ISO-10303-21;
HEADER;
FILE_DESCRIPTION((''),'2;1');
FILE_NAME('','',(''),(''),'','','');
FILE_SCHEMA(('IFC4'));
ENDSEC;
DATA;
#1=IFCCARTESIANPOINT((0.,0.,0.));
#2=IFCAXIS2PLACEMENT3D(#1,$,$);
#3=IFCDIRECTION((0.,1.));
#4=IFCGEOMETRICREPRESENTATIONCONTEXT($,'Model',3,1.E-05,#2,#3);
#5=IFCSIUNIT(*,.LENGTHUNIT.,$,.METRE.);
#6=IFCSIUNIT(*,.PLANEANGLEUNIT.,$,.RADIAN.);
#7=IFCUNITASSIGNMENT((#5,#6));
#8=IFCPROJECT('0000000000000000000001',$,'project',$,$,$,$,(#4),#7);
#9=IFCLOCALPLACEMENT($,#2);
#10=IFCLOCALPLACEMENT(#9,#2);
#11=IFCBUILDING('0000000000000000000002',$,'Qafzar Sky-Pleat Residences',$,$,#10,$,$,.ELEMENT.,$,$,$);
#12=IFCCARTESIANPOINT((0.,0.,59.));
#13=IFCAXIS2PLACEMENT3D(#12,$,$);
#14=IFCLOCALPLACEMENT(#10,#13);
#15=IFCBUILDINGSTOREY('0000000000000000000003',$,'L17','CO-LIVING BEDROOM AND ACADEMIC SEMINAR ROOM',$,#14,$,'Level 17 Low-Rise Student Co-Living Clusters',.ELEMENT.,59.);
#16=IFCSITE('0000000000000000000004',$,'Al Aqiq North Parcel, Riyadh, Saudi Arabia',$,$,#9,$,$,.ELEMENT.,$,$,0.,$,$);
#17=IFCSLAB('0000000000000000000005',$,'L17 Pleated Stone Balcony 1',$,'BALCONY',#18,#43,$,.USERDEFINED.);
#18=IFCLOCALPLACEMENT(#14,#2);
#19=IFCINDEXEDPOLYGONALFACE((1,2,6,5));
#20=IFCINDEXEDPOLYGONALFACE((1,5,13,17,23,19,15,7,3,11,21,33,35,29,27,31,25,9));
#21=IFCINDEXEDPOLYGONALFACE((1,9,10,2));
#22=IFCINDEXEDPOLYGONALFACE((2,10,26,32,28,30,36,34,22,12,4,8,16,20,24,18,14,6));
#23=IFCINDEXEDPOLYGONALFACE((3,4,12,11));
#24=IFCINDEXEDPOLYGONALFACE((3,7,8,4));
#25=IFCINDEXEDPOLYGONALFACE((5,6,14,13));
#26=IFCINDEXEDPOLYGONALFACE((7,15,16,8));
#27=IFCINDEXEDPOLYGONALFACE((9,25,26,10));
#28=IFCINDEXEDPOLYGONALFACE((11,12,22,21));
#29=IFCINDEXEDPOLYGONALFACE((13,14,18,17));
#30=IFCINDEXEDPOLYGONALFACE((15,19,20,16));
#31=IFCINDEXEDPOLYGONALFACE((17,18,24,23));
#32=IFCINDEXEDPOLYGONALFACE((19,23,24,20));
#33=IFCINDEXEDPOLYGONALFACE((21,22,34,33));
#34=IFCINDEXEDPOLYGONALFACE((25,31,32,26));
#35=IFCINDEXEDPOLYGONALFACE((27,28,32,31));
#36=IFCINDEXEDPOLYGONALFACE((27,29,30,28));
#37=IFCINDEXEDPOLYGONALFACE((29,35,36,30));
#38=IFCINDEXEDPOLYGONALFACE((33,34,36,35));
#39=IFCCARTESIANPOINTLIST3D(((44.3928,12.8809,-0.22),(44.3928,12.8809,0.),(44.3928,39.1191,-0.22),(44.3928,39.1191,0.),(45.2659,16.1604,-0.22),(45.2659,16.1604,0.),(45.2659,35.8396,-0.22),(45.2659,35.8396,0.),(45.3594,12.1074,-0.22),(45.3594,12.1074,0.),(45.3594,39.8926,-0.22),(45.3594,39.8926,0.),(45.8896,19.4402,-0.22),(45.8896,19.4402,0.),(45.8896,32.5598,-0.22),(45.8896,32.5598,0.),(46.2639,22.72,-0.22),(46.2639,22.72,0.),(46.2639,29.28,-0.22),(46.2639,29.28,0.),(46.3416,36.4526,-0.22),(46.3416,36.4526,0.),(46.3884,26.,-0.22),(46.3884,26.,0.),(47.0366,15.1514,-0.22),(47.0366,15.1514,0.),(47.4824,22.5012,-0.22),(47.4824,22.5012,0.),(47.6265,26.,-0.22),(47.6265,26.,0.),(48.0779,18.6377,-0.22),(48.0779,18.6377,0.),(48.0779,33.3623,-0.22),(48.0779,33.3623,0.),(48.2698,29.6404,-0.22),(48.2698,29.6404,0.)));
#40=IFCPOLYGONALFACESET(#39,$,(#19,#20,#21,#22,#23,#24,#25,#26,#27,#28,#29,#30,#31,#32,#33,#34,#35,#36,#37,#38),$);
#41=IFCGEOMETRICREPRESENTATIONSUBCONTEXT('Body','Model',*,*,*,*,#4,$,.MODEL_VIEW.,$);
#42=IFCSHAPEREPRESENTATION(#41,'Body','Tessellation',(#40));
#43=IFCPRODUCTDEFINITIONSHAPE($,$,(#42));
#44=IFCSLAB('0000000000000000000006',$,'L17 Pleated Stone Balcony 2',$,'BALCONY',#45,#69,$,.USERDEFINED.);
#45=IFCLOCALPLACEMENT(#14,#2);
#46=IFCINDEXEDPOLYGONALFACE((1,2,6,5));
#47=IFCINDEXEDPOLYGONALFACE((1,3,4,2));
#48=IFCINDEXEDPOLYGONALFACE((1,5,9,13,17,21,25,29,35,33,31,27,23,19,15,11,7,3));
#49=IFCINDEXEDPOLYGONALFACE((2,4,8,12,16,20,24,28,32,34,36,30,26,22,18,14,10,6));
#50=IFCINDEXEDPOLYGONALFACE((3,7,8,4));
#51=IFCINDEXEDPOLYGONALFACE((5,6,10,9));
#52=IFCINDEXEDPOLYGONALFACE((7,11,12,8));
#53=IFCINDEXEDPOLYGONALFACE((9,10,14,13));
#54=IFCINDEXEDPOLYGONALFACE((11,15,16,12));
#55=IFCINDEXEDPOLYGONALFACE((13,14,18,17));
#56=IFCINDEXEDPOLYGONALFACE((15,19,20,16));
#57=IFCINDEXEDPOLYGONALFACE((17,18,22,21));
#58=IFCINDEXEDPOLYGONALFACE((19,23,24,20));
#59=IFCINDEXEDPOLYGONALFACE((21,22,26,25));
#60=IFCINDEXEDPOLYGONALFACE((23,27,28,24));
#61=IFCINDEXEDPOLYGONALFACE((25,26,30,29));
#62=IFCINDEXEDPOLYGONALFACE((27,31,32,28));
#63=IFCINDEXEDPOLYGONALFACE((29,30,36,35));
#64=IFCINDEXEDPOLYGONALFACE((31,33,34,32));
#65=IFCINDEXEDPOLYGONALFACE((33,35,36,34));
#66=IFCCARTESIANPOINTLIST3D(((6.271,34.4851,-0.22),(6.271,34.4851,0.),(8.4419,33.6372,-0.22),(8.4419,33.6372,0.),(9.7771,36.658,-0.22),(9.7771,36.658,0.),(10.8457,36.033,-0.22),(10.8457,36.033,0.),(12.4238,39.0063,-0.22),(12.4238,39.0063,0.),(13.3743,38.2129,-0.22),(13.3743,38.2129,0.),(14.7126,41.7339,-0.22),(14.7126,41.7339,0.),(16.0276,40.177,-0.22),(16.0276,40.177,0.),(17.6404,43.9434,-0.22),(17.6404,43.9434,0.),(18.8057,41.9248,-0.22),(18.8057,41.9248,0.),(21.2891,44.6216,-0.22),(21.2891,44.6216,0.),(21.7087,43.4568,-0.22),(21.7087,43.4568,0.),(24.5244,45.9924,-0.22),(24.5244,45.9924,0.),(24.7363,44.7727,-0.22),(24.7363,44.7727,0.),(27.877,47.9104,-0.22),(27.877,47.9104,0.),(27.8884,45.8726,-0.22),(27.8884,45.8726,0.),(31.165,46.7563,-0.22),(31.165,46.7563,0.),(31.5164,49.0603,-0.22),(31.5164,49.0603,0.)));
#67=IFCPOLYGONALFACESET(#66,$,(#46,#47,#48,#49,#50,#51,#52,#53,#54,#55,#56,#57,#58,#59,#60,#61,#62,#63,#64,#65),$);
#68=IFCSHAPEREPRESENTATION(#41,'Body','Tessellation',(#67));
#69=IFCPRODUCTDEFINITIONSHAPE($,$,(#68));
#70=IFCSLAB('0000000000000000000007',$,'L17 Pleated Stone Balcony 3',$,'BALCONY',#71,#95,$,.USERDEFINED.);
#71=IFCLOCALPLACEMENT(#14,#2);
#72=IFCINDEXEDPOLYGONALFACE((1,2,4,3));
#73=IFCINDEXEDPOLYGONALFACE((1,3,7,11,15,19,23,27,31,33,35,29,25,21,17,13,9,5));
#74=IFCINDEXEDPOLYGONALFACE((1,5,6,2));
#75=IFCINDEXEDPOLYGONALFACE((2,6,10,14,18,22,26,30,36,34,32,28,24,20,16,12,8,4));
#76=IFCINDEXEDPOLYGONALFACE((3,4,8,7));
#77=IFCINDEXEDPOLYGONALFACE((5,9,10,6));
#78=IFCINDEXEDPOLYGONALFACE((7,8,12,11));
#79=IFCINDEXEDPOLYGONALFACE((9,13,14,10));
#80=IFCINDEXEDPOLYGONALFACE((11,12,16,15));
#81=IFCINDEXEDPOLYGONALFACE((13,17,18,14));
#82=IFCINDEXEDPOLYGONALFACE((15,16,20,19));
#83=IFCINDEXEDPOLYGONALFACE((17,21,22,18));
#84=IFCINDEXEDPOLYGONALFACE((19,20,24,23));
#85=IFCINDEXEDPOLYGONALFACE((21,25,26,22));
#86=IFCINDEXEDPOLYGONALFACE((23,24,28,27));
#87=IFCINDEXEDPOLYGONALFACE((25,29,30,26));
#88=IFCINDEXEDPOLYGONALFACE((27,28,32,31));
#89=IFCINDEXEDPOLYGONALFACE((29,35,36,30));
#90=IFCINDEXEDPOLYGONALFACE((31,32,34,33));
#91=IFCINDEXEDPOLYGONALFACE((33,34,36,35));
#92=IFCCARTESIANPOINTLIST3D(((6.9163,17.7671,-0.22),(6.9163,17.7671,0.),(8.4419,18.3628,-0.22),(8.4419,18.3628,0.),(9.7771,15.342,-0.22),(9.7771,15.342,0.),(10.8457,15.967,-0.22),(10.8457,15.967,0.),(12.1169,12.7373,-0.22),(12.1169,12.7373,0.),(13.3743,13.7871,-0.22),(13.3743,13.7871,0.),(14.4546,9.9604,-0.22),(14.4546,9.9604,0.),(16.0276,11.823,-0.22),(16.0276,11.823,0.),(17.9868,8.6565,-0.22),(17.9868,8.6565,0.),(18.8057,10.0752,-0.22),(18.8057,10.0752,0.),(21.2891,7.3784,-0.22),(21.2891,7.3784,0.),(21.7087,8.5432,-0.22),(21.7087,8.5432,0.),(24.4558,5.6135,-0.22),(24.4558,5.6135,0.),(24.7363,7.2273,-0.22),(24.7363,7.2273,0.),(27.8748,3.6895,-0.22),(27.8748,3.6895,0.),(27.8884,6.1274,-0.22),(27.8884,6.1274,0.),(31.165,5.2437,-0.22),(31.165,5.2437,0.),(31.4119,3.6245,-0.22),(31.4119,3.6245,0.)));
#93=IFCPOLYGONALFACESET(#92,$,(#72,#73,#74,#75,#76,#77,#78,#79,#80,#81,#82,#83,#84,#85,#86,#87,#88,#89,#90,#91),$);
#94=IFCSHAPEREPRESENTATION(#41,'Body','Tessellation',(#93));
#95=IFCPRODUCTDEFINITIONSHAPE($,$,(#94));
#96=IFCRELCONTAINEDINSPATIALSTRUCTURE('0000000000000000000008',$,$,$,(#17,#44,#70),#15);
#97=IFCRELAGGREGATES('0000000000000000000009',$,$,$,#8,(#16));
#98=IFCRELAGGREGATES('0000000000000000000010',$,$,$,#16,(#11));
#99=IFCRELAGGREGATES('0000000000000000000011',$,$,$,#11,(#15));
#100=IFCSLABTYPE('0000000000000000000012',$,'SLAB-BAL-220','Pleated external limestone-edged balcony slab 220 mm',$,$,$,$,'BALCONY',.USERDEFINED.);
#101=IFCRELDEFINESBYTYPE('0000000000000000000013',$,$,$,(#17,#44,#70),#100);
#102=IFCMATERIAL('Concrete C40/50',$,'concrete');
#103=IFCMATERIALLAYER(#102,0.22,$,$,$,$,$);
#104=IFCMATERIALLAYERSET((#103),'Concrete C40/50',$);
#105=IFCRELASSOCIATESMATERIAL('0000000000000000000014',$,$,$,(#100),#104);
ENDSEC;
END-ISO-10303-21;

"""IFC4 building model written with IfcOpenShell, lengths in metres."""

from ifc_helpers import new_model, si_unit, direction, frame, origin, place, context, subcontext, project, spatial, polyline, outline, extrude, material, layer, layer_set, type_object, element, save


model = new_model("IFC4")

# Units and contexts
model_context = context("Model", 3, precision=1e-05, world=origin(), true_north=direction((0.0, 1.0)))
body_context = subcontext(model_context, "Body", "Model", "MODEL_VIEW")
ifc_project = project(units=[si_unit("LENGTHUNIT", "METRE"), si_unit("PLANEANGLEUNIT", "RADIAN")], contexts=[model_context])

# Site, building, storey
site_placement = place(None, origin())
site = spatial("IfcSite", under=ifc_project, at=site_placement, Name="Al Aqiq North Parcel, Riyadh, Saudi Arabia", CompositionType="ELEMENT", RefElevation=0.0)
building_placement = place(site_placement, origin())
building = spatial("IfcBuilding", under=site, at=building_placement, Name="Qafzar Sky-Pleat Residences", CompositionType="ELEMENT")
storey_placement = place(building_placement, frame((0.0, 0.0, 59.0)))
storey = spatial("IfcBuildingStorey", under=building, at=storey_placement, Name="L17", Description="CO-LIVING BEDROOM AND ACADEMIC SEMINAR ROOM", LongName="Level 17 Low-Rise Student Co-Living Clusters", CompositionType="ELEMENT", Elevation=59.0)

# Slabs
ifc_material_1 = material(Name="Concrete C40/50", Category="concrete")
ifc_layer_1 = layer(ifc_material_1, 0.22)
ifc_layer_set_1 = layer_set([ifc_layer_1], Name="Concrete C40/50")
slab_type_1 = type_object("IfcSlabType", Name="SLAB-BAL-220", Description="Pleated external limestone-edged balcony slab 220 mm", ElementType="BALCONY", PredefinedType="USERDEFINED", material=ifc_layer_set_1)
slab_1_placement = place(storey_placement, frame((0.0, 0.0, -0.22)))
element("IfcSlab", 1, at=slab_1_placement, inside=storey, type_object=slab_type_1, Name="L17 Pleated Stone Balcony 1", ObjectType="BALCONY", PredefinedType="USERDEFINED", context=body_context, shape_type="SweptSolid", body=[
    extrude(outline(polyline([(45.2659, 16.1604), (45.8896, 19.4402), (46.2639, 22.72), (46.3884, 26.0), (46.2639, 29.28), (45.8896, 32.5598), (45.2659, 35.8396), (44.3928, 39.1191), (45.3594, 39.8926), (46.3416, 36.4526), (48.0779, 33.3623), (48.2698, 29.6404), (47.6265, 26.0), (47.4824, 22.5012), (48.0779, 18.6377), (47.0366, 15.1514), (45.3594, 12.1074), (44.3928, 12.8809), (45.2659, 16.1604)])), origin(), (0.0, 0.0, 1.0), 0.22),
])
slab_2_placement = place(storey_placement, frame((0.0, 0.0, -0.22)))
element("IfcSlab", 2, at=slab_2_placement, inside=storey, type_object=slab_type_1, Name="L17 Pleated Stone Balcony 2", ObjectType="BALCONY", PredefinedType="USERDEFINED", context=body_context, shape_type="SweptSolid", body=[
    extrude(outline(polyline([(27.8884, 45.8726), (24.7363, 44.7727), (21.7087, 43.4568), (18.8057, 41.9248), (16.0276, 40.177), (13.3743, 38.2129), (10.8457, 36.033), (8.4419, 33.6372), (6.271, 34.4851), (9.7771, 36.658), (12.4238, 39.0063), (14.7126, 41.7339), (17.6404, 43.9434), (21.2891, 44.6216), (24.5244, 45.9924), (27.877, 47.9104), (31.5164, 49.0603), (31.165, 46.7563), (27.8884, 45.8726)])), origin(), (0.0, 0.0, 1.0), 0.22),
])
slab_3_placement = place(storey_placement, frame((0.0, 0.0, -0.22)))
element("IfcSlab", 3, at=slab_3_placement, inside=storey, type_object=slab_type_1, Name="L17 Pleated Stone Balcony 3", ObjectType="BALCONY", PredefinedType="USERDEFINED", context=body_context, shape_type="SweptSolid", body=[
    extrude(outline(polyline([(10.8457, 15.967), (13.3743, 13.7871), (16.0276, 11.823), (18.8057, 10.0752), (21.7087, 8.5432), (24.7363, 7.2273), (27.8884, 6.1274), (31.165, 5.2437), (31.4119, 3.6245), (27.8748, 3.6895), (24.4558, 5.6135), (21.2891, 7.3784), (17.9868, 8.6565), (14.4546, 9.9604), (12.1169, 12.7373), (9.7771, 15.342), (6.9163, 17.7671), (8.4419, 18.3628), (10.8457, 15.967)])), origin(), (0.0, 0.0, 1.0), 0.22),
])

save(model, "model.ifc")
